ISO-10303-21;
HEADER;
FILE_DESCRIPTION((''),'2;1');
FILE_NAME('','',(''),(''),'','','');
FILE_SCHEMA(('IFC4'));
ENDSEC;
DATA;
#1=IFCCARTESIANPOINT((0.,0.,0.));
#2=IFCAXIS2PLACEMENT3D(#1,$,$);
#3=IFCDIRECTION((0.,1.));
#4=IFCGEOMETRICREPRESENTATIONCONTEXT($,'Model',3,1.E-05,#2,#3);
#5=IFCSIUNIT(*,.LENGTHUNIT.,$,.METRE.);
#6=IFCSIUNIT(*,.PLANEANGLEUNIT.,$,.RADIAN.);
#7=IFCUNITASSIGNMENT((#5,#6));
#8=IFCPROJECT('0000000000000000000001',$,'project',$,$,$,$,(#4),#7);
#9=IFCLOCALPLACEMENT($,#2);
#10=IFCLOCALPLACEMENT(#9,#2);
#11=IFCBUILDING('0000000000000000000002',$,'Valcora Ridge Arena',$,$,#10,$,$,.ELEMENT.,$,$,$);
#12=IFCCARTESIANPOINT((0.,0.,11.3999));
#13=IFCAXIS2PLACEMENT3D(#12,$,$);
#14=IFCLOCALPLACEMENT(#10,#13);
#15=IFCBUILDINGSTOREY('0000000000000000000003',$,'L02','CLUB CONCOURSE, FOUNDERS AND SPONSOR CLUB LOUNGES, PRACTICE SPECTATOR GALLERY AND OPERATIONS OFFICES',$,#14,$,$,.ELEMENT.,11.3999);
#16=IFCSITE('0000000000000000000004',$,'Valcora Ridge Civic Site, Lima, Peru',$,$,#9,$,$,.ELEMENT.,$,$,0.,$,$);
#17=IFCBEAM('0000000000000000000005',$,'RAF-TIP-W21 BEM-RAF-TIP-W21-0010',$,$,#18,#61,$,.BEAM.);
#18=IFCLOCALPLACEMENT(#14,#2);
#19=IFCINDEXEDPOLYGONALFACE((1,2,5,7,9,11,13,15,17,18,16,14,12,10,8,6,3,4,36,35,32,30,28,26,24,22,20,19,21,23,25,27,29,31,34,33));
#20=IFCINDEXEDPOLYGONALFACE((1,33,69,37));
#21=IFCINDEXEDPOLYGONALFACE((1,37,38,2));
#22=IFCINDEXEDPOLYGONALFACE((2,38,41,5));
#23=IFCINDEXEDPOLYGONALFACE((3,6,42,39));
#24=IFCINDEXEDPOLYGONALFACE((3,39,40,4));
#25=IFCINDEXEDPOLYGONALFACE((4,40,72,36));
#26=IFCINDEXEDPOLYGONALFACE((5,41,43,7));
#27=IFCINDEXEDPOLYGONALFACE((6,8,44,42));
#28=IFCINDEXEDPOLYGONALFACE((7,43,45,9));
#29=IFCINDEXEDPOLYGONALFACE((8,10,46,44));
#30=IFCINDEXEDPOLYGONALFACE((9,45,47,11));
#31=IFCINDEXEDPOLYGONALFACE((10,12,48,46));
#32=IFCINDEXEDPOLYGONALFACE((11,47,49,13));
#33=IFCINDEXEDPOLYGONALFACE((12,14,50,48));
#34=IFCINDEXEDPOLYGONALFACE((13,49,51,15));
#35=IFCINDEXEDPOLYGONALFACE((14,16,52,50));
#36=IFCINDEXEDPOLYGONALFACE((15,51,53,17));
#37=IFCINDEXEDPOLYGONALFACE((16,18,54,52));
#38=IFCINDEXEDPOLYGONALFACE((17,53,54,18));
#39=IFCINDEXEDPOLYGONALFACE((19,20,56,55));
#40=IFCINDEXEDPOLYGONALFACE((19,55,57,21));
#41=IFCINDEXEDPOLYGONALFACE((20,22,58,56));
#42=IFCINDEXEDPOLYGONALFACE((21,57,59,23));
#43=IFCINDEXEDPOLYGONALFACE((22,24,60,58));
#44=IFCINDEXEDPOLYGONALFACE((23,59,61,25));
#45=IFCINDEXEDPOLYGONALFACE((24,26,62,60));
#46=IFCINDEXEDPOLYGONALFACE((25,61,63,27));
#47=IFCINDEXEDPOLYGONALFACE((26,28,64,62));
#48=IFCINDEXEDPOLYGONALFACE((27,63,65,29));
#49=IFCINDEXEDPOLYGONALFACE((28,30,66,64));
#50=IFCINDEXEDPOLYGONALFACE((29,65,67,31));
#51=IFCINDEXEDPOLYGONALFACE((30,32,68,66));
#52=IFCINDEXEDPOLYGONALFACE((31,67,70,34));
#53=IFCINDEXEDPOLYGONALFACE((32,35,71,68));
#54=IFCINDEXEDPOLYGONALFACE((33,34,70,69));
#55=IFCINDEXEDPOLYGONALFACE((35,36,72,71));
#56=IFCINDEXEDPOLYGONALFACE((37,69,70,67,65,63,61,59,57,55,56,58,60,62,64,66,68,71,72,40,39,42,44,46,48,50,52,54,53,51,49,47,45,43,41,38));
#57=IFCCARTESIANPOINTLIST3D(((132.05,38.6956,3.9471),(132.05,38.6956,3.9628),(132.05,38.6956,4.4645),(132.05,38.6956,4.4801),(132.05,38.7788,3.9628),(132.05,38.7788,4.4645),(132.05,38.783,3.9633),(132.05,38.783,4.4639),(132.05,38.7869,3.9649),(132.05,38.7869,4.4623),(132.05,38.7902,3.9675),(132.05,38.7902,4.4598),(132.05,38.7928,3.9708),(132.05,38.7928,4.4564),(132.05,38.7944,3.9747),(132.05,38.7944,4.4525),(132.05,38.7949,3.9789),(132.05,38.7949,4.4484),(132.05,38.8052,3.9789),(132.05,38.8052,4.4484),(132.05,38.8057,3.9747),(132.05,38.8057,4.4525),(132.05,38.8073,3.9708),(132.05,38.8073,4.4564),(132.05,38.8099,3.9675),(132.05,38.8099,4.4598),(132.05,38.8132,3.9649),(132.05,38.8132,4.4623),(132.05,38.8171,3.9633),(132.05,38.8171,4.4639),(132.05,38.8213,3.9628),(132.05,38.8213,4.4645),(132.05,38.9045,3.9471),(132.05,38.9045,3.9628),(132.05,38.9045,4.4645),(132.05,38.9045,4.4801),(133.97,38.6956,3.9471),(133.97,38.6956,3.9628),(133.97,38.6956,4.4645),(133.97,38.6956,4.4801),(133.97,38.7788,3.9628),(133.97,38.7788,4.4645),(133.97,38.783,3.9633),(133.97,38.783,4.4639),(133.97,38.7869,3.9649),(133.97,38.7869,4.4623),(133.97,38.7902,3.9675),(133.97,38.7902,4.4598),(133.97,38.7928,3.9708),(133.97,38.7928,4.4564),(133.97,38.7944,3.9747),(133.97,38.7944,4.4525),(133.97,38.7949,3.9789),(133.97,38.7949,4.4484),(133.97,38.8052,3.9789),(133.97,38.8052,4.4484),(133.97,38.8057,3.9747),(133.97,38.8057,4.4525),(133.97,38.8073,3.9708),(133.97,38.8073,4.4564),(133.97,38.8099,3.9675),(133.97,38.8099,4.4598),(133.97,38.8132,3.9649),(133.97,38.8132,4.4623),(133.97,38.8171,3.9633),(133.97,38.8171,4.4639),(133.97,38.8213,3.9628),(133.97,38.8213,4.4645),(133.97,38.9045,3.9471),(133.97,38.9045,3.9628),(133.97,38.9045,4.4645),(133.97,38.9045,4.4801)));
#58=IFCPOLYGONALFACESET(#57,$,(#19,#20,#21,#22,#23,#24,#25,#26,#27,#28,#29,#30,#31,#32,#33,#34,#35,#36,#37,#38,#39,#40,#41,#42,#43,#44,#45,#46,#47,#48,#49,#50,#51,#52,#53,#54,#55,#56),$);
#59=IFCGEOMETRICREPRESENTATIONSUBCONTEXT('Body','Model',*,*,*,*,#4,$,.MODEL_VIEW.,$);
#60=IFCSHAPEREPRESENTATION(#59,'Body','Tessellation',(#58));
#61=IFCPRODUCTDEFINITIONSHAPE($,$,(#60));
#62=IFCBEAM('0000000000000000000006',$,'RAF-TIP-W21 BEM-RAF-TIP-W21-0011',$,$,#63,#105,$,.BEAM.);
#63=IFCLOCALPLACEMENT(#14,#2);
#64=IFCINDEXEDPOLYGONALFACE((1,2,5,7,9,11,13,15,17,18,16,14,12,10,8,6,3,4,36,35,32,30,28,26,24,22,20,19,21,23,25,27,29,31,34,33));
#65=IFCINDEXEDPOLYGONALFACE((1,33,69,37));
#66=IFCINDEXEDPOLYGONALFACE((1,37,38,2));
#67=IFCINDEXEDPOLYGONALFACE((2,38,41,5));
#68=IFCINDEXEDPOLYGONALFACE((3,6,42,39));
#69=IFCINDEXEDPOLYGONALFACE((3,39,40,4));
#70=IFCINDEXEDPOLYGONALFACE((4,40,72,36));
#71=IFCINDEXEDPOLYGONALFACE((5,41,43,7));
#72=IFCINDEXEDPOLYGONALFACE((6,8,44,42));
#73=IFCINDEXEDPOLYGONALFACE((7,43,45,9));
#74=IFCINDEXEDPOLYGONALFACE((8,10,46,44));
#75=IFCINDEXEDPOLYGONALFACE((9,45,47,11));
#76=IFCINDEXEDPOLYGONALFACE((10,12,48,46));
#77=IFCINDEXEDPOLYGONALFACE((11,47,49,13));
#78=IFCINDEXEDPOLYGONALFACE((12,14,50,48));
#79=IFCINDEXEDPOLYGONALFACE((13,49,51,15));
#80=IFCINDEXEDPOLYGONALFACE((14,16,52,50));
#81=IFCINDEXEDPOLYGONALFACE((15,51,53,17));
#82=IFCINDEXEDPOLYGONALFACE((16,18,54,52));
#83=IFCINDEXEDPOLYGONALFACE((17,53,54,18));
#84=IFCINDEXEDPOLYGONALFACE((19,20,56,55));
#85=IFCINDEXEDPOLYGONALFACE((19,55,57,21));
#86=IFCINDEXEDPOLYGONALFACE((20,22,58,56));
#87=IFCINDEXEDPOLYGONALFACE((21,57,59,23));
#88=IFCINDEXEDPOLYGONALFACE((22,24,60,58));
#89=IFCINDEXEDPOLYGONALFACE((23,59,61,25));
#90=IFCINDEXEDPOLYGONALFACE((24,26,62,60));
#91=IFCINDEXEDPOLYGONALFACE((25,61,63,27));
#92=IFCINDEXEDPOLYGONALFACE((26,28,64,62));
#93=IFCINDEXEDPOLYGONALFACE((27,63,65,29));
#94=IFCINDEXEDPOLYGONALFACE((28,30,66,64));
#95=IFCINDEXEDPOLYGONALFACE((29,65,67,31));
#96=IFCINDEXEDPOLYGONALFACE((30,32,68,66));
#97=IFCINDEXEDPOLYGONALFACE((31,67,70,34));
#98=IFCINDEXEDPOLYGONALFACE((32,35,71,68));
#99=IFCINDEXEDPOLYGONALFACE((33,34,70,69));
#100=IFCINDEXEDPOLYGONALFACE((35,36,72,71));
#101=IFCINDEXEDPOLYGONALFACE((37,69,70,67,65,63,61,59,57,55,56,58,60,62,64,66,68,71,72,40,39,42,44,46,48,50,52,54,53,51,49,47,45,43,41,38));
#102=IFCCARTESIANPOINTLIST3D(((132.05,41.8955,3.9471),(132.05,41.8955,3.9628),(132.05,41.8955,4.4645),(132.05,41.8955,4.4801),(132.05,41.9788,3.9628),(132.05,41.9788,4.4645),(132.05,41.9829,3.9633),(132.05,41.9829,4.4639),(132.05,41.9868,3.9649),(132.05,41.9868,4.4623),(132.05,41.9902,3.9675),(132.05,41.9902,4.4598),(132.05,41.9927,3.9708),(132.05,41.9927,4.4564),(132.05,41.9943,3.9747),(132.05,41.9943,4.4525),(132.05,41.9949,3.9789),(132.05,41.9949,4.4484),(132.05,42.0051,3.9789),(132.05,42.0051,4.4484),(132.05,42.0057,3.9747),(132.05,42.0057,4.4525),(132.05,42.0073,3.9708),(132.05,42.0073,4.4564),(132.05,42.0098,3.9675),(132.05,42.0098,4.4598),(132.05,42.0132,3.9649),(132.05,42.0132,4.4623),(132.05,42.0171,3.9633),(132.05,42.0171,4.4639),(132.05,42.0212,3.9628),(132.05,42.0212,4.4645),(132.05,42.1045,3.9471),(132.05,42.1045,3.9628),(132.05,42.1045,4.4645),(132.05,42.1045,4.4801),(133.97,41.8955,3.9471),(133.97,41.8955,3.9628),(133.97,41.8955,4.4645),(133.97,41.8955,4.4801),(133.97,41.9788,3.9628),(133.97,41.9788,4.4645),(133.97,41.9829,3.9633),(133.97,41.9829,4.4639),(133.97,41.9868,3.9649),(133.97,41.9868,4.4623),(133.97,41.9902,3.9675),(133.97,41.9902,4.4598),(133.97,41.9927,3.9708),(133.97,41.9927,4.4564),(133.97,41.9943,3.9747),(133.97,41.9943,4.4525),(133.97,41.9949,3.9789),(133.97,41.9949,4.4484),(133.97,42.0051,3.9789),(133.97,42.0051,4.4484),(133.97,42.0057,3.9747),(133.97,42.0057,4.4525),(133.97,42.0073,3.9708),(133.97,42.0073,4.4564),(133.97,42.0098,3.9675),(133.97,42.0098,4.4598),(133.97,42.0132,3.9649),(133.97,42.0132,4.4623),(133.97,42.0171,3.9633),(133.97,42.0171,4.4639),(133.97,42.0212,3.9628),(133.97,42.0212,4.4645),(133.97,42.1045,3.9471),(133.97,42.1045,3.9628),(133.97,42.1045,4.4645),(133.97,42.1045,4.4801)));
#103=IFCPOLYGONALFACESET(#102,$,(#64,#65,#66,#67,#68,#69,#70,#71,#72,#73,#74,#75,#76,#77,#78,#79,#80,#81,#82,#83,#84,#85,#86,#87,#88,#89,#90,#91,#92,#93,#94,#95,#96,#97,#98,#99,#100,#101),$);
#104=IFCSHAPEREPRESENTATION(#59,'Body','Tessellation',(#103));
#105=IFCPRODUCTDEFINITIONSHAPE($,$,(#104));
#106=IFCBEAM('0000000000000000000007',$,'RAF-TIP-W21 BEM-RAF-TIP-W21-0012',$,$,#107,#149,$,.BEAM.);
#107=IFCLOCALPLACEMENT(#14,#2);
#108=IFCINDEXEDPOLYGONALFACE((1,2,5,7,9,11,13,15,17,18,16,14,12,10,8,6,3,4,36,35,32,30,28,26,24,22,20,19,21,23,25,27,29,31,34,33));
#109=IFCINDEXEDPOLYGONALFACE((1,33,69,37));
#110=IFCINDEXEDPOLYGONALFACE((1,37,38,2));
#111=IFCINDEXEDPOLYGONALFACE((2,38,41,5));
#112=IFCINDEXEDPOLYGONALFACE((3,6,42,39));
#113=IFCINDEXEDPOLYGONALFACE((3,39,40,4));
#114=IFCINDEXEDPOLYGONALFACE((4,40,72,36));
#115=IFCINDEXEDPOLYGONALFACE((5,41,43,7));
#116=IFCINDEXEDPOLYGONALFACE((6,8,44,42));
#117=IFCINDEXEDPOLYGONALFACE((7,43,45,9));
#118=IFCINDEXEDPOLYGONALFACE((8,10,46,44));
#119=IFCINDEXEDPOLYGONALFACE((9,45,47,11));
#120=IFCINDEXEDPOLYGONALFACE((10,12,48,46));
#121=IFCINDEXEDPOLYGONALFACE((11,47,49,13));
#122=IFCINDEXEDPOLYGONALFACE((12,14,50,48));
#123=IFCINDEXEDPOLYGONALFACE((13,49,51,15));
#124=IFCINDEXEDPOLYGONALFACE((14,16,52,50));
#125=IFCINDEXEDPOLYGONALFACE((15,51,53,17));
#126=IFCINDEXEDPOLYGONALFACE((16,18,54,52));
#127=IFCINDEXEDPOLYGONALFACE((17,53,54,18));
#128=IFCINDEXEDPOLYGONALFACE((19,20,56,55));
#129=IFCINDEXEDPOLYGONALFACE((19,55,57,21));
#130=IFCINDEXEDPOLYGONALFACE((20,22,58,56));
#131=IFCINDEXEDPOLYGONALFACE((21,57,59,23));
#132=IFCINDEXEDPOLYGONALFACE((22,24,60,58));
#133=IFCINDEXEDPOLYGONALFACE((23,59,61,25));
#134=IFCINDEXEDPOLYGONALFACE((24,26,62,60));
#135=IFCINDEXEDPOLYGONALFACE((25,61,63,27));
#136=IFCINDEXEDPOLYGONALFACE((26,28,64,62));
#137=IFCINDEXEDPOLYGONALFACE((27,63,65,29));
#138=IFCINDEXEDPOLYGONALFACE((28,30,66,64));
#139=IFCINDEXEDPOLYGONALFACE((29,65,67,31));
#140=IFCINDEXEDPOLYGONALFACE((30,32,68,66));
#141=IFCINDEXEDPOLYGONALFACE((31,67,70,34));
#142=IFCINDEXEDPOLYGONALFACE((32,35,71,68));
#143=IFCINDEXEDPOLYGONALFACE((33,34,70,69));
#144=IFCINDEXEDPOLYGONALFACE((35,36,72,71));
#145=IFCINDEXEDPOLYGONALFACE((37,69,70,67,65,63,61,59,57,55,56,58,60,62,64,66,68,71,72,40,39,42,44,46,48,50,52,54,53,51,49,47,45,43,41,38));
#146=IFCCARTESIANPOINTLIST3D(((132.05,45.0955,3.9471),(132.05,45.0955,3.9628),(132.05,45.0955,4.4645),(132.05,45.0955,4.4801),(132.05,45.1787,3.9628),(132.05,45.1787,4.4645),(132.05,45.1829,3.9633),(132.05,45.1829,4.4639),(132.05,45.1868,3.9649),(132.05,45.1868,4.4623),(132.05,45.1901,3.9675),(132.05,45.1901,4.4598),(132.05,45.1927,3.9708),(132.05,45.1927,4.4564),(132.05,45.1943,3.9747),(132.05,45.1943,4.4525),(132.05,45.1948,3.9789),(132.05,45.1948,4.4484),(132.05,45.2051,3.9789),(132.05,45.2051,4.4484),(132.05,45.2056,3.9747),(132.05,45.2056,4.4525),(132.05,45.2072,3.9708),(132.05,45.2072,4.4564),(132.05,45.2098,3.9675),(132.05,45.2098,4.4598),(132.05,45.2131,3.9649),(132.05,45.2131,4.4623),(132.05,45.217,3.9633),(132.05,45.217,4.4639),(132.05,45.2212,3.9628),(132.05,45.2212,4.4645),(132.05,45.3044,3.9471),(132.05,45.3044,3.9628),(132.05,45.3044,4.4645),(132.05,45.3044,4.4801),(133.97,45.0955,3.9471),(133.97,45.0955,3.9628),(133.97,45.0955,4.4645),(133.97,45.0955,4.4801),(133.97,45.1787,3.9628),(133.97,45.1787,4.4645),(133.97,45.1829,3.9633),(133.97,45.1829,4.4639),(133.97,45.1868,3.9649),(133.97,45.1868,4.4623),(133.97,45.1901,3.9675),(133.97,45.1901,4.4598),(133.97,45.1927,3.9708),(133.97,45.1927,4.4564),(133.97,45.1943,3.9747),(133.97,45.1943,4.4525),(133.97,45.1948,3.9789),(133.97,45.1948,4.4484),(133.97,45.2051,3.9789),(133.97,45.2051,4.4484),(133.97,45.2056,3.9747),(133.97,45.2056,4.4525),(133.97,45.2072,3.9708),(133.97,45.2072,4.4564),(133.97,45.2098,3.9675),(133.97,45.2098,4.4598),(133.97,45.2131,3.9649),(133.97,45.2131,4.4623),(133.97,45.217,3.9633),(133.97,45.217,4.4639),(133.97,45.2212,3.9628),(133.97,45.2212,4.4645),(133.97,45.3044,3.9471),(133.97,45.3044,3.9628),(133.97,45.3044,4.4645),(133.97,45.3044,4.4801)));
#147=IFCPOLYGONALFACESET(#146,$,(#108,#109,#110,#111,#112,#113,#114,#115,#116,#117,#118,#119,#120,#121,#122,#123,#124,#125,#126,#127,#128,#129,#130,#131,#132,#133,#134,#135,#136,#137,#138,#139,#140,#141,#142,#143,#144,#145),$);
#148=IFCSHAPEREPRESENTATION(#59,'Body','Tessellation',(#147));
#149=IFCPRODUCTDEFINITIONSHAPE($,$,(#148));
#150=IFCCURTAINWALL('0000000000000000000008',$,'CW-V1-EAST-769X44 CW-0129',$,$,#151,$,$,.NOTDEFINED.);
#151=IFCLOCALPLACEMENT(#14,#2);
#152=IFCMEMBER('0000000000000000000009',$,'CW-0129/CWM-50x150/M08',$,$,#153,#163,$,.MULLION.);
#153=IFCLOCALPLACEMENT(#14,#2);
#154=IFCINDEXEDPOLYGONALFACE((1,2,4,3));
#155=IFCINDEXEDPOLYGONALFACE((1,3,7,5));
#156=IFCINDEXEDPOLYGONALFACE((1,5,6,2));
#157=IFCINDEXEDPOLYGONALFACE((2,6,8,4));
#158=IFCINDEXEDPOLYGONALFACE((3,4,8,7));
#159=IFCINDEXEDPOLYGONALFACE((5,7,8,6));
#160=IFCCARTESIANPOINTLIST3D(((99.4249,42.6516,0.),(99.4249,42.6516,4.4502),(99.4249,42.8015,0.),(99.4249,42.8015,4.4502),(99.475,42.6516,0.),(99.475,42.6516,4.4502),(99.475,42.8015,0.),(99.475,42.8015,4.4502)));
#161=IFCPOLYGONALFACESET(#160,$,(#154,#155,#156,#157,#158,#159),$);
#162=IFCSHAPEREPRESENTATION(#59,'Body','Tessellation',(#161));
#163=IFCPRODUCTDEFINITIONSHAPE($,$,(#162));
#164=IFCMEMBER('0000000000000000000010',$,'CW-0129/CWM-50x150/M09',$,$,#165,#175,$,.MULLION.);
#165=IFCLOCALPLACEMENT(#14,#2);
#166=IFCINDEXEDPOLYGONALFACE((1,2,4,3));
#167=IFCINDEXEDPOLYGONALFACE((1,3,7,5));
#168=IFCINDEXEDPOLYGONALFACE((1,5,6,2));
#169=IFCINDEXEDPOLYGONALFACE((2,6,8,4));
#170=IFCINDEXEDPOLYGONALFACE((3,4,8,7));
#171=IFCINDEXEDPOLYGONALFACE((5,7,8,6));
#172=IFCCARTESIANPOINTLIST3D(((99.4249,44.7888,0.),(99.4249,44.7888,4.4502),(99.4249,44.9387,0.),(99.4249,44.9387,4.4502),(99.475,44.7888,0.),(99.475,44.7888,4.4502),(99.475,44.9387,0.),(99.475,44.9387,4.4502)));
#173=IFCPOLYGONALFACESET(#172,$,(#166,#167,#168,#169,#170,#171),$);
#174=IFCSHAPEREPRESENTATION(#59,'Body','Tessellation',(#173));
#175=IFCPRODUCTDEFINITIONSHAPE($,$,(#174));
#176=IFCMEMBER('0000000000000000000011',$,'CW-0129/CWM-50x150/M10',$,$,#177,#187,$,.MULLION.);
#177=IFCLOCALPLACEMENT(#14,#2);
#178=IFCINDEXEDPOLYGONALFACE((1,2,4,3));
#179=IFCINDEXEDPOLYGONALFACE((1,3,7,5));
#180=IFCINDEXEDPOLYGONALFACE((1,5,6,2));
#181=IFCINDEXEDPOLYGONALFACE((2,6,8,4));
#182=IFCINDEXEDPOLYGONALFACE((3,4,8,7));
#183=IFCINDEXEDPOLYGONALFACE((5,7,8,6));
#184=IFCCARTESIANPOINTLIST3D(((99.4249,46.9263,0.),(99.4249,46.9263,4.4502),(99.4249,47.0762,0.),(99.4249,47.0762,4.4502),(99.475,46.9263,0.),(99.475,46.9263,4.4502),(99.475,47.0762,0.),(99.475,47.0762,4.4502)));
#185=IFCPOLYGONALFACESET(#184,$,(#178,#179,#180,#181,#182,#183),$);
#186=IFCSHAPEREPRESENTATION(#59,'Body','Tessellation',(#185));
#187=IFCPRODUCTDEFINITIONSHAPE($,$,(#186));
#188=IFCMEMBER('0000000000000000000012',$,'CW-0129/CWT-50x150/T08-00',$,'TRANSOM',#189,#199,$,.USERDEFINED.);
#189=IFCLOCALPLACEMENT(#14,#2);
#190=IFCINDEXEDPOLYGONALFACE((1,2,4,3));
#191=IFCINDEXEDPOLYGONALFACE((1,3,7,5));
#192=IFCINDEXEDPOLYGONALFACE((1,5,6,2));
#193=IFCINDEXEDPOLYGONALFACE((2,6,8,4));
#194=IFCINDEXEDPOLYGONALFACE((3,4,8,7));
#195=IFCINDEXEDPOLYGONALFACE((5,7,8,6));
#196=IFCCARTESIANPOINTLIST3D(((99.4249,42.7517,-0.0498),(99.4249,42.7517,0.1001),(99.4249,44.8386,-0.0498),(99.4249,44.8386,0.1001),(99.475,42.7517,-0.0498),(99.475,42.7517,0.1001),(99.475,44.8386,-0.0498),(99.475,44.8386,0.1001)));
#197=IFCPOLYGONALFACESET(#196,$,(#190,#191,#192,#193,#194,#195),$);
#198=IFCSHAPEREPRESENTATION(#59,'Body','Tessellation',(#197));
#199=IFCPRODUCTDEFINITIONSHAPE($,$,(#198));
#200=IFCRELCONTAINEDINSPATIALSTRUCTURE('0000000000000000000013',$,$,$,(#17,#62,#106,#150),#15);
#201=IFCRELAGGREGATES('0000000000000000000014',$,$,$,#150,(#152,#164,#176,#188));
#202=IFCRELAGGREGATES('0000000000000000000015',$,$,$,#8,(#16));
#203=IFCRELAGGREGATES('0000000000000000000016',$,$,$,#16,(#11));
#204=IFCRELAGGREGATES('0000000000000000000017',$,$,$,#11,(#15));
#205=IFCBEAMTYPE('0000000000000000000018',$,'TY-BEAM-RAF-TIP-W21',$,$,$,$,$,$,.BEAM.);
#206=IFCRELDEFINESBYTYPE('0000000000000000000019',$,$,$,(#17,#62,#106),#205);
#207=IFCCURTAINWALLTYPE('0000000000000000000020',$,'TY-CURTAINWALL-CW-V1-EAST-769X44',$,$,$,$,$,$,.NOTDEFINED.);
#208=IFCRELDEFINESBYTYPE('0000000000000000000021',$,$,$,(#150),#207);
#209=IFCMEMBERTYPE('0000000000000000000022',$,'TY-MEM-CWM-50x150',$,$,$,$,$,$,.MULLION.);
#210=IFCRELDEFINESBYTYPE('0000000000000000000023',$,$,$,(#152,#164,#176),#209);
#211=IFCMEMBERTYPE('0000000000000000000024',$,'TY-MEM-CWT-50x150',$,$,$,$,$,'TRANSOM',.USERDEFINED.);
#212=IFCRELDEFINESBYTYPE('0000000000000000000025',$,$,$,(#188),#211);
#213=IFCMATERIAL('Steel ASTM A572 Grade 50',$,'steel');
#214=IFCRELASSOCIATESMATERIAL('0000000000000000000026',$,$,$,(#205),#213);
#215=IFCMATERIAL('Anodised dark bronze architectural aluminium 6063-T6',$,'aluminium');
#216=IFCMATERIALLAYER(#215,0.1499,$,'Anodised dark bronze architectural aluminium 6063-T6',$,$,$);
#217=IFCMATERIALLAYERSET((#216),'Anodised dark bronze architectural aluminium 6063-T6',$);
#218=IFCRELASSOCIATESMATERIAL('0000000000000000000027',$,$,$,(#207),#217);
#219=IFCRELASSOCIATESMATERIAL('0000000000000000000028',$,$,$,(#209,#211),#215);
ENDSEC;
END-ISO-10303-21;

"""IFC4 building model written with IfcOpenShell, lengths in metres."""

from ifc_helpers import new_model, si_unit, direction, frame, origin, origin_2d, place, context, subcontext, project, spatial, rectangle, i_section, extrude, material, layer, layer_set, material_profile, profile_set, type_object, element, aggregate, save


model = new_model("IFC4")

# Units and contexts
model_context = context("Model", 3, precision=1e-05, world=origin(), true_north=direction((0.0, 1.0)))
body_context = subcontext(model_context, "Body", "Model", "MODEL_VIEW")
ifc_project = project(units=[si_unit("LENGTHUNIT", "METRE"), si_unit("PLANEANGLEUNIT", "RADIAN")], contexts=[model_context])

# Site, building, storey
site_placement = place(None, origin())
site = spatial("IfcSite", under=ifc_project, at=site_placement, Name="Valcora Ridge Civic Site, Lima, Peru", CompositionType="ELEMENT", RefElevation=0.0)
building_placement = place(site_placement, origin())
building = spatial("IfcBuilding", under=site, at=building_placement, Name="Valcora Ridge Arena", CompositionType="ELEMENT")
storey_placement = place(building_placement, frame((0.0, 0.0, 11.3999)))
storey = spatial("IfcBuildingStorey", under=building, at=storey_placement, Name="L02", Description="CLUB CONCOURSE, FOUNDERS AND SPONSOR CLUB LOUNGES, PRACTICE SPECTATOR GALLERY AND OPERATIONS OFFICES", CompositionType="ELEMENT", Elevation=11.3999)

# Beams
ifc_material_1 = material(Name="Steel ASTM A572 Grade 50", Category="steel")
ifc_material_profile_1 = material_profile(ifc_material_1, i_section(OverallWidth=0.209, OverallDepth=0.533, WebThickness=0.0103, FlangeThickness=0.0156, FilletRadius=0.0161, at=origin_2d()), Name="W21X62")
ifc_profile_set_1 = profile_set([ifc_material_profile_1], Name="Steel ASTM A572 Grade 50")
beam_type_1 = type_object("IfcBeamType", Name="TY-BEAM-RAF-TIP-W21", PredefinedType="BEAM", material=ifc_profile_set_1)
for number, where, z_axis, x_axis, name in (
    (1, (132.05, 38.8, 4.2136), (1.0, 0.0, 0.0), (0.0, 1.0, 0.0), "RAF-TIP-W21 BEM-RAF-TIP-W21-0010"),
    (2, (132.05, 42.0, 4.2136), (1.0, 0.0, 0.0), (0.0, 1.0, 0.0), "RAF-TIP-W21 BEM-RAF-TIP-W21-0011"),
    (3, (132.05, 45.2, 4.2136), (1.0, 0.0, 0.0), (0.0, 1.0, 0.0), "RAF-TIP-W21 BEM-RAF-TIP-W21-0012"),
):
    element("IfcBeam", number, at=place(storey_placement, frame(where, z_axis=z_axis, x_axis=x_axis)), inside=storey, type_object=beam_type_1, Name=name, PredefinedType="BEAM", context=body_context, shape_type="SweptSolid", body=[
        extrude(i_section(OverallWidth=0.209, OverallDepth=0.533, WebThickness=0.0103, FlangeThickness=0.0156, FilletRadius=0.0161, at=origin_2d()), origin(), (0.0, 0.0, 1.0), 1.9199),
    ])

# Curtain wall, members
ifc_material_2 = material(Name="Anodised dark bronze architectural aluminium 6063-T6", Category="aluminium")
ifc_layer_1 = layer(ifc_material_2, 0.1499, Name="Anodised dark bronze architectural aluminium 6063-T6")
ifc_layer_set_1 = layer_set([ifc_layer_1], Name="Anodised dark bronze architectural aluminium 6063-T6")
curtain_wall_type = type_object("IfcCurtainWallType", Name="TY-CURTAINWALL-CW-V1-EAST-769X44", PredefinedType="NOTDEFINED", material=ifc_layer_set_1)
curtain_wall_placement = place(storey_placement, origin())
curtain_wall = element("IfcCurtainWall", 4, at=curtain_wall_placement, inside=storey, type_object=curtain_wall_type, Name="CW-V1-EAST-769X44 CW-0129", PredefinedType="NOTDEFINED")
ifc_material_profile_2 = material_profile(ifc_material_2, rectangle(XDim=0.05, YDim=0.1499, at=origin_2d()), Name="ALU MULLION 50x150")
ifc_profile_set_2 = profile_set([ifc_material_profile_2], Name="Anodised dark bronze architectural aluminium 6063-T6")
member_type_1 = type_object("IfcMemberType", Name="TY-MEM-CWM-50x150", PredefinedType="MULLION", material=ifc_profile_set_2)
member_1_placement = place(storey_placement, frame((99.45, 42.7266, 0.0), z_axis=(0.0, 0.0, 1.0), x_axis=(-1.0, 0.0, 0.0)))
member_1 = element("IfcMember", 5, at=member_1_placement, type_object=member_type_1, Name="CW-0129/CWM-50x150/M08", PredefinedType="MULLION", context=body_context, shape_type="SweptSolid", body=[
    extrude(rectangle(XDim=0.05, YDim=0.1499, at=origin_2d()), origin(), (0.0, 0.0, 1.0), 4.4502),
])
member_2_placement = place(storey_placement, frame((99.45, 44.8638, 0.0), z_axis=(0.0, 0.0, 1.0), x_axis=(-1.0, 0.0, 0.0)))
member_2 = element("IfcMember", 6, at=member_2_placement, type_object=member_type_1, Name="CW-0129/CWM-50x150/M09", PredefinedType="MULLION", context=body_context, shape_type="SweptSolid", body=[
    extrude(rectangle(XDim=0.05, YDim=0.1499, at=origin_2d()), origin(), (0.0, 0.0, 1.0), 4.4502),
])
member_3_placement = place(storey_placement, frame((99.45, 47.0012, 0.0), z_axis=(0.0, 0.0, 1.0), x_axis=(-1.0, 0.0, 0.0)))
member_3 = element("IfcMember", 7, at=member_3_placement, type_object=member_type_1, Name="CW-0129/CWM-50x150/M10", PredefinedType="MULLION", context=body_context, shape_type="SweptSolid", body=[
    extrude(rectangle(XDim=0.05, YDim=0.1499, at=origin_2d()), origin(), (0.0, 0.0, 1.0), 4.4502),
])
ifc_material_profile_3 = material_profile(ifc_material_2, rectangle(XDim=0.05, YDim=0.1499, at=origin_2d()), Name="ALU TRANSOM 50x150")
ifc_profile_set_3 = profile_set([ifc_material_profile_3], Name="Anodised dark bronze architectural aluminium 6063-T6")
member_type_2 = type_object("IfcMemberType", Name="TY-MEM-CWT-50x150", ElementType="TRANSOM", PredefinedType="USERDEFINED", material=ifc_profile_set_3)
member_4_placement = place(storey_placement, frame((99.45, 42.7517, 0.0251), z_axis=(0.0, 1.0, 0.0), x_axis=(-1.0, 0.0, 0.0)))
member_4 = element("IfcMember", 8, at=member_4_placement, type_object=member_type_2, Name="CW-0129/CWT-50x150/T08-00", ObjectType="TRANSOM", PredefinedType="USERDEFINED", context=body_context, shape_type="SweptSolid", body=[
    extrude(rectangle(XDim=0.05, YDim=0.1499, at=origin_2d()), origin(), (0.0, 0.0, 1.0), 2.0869),
])

aggregate(curtain_wall, [member_1, member_2, member_3, member_4])

save(model, "model.ifc")
